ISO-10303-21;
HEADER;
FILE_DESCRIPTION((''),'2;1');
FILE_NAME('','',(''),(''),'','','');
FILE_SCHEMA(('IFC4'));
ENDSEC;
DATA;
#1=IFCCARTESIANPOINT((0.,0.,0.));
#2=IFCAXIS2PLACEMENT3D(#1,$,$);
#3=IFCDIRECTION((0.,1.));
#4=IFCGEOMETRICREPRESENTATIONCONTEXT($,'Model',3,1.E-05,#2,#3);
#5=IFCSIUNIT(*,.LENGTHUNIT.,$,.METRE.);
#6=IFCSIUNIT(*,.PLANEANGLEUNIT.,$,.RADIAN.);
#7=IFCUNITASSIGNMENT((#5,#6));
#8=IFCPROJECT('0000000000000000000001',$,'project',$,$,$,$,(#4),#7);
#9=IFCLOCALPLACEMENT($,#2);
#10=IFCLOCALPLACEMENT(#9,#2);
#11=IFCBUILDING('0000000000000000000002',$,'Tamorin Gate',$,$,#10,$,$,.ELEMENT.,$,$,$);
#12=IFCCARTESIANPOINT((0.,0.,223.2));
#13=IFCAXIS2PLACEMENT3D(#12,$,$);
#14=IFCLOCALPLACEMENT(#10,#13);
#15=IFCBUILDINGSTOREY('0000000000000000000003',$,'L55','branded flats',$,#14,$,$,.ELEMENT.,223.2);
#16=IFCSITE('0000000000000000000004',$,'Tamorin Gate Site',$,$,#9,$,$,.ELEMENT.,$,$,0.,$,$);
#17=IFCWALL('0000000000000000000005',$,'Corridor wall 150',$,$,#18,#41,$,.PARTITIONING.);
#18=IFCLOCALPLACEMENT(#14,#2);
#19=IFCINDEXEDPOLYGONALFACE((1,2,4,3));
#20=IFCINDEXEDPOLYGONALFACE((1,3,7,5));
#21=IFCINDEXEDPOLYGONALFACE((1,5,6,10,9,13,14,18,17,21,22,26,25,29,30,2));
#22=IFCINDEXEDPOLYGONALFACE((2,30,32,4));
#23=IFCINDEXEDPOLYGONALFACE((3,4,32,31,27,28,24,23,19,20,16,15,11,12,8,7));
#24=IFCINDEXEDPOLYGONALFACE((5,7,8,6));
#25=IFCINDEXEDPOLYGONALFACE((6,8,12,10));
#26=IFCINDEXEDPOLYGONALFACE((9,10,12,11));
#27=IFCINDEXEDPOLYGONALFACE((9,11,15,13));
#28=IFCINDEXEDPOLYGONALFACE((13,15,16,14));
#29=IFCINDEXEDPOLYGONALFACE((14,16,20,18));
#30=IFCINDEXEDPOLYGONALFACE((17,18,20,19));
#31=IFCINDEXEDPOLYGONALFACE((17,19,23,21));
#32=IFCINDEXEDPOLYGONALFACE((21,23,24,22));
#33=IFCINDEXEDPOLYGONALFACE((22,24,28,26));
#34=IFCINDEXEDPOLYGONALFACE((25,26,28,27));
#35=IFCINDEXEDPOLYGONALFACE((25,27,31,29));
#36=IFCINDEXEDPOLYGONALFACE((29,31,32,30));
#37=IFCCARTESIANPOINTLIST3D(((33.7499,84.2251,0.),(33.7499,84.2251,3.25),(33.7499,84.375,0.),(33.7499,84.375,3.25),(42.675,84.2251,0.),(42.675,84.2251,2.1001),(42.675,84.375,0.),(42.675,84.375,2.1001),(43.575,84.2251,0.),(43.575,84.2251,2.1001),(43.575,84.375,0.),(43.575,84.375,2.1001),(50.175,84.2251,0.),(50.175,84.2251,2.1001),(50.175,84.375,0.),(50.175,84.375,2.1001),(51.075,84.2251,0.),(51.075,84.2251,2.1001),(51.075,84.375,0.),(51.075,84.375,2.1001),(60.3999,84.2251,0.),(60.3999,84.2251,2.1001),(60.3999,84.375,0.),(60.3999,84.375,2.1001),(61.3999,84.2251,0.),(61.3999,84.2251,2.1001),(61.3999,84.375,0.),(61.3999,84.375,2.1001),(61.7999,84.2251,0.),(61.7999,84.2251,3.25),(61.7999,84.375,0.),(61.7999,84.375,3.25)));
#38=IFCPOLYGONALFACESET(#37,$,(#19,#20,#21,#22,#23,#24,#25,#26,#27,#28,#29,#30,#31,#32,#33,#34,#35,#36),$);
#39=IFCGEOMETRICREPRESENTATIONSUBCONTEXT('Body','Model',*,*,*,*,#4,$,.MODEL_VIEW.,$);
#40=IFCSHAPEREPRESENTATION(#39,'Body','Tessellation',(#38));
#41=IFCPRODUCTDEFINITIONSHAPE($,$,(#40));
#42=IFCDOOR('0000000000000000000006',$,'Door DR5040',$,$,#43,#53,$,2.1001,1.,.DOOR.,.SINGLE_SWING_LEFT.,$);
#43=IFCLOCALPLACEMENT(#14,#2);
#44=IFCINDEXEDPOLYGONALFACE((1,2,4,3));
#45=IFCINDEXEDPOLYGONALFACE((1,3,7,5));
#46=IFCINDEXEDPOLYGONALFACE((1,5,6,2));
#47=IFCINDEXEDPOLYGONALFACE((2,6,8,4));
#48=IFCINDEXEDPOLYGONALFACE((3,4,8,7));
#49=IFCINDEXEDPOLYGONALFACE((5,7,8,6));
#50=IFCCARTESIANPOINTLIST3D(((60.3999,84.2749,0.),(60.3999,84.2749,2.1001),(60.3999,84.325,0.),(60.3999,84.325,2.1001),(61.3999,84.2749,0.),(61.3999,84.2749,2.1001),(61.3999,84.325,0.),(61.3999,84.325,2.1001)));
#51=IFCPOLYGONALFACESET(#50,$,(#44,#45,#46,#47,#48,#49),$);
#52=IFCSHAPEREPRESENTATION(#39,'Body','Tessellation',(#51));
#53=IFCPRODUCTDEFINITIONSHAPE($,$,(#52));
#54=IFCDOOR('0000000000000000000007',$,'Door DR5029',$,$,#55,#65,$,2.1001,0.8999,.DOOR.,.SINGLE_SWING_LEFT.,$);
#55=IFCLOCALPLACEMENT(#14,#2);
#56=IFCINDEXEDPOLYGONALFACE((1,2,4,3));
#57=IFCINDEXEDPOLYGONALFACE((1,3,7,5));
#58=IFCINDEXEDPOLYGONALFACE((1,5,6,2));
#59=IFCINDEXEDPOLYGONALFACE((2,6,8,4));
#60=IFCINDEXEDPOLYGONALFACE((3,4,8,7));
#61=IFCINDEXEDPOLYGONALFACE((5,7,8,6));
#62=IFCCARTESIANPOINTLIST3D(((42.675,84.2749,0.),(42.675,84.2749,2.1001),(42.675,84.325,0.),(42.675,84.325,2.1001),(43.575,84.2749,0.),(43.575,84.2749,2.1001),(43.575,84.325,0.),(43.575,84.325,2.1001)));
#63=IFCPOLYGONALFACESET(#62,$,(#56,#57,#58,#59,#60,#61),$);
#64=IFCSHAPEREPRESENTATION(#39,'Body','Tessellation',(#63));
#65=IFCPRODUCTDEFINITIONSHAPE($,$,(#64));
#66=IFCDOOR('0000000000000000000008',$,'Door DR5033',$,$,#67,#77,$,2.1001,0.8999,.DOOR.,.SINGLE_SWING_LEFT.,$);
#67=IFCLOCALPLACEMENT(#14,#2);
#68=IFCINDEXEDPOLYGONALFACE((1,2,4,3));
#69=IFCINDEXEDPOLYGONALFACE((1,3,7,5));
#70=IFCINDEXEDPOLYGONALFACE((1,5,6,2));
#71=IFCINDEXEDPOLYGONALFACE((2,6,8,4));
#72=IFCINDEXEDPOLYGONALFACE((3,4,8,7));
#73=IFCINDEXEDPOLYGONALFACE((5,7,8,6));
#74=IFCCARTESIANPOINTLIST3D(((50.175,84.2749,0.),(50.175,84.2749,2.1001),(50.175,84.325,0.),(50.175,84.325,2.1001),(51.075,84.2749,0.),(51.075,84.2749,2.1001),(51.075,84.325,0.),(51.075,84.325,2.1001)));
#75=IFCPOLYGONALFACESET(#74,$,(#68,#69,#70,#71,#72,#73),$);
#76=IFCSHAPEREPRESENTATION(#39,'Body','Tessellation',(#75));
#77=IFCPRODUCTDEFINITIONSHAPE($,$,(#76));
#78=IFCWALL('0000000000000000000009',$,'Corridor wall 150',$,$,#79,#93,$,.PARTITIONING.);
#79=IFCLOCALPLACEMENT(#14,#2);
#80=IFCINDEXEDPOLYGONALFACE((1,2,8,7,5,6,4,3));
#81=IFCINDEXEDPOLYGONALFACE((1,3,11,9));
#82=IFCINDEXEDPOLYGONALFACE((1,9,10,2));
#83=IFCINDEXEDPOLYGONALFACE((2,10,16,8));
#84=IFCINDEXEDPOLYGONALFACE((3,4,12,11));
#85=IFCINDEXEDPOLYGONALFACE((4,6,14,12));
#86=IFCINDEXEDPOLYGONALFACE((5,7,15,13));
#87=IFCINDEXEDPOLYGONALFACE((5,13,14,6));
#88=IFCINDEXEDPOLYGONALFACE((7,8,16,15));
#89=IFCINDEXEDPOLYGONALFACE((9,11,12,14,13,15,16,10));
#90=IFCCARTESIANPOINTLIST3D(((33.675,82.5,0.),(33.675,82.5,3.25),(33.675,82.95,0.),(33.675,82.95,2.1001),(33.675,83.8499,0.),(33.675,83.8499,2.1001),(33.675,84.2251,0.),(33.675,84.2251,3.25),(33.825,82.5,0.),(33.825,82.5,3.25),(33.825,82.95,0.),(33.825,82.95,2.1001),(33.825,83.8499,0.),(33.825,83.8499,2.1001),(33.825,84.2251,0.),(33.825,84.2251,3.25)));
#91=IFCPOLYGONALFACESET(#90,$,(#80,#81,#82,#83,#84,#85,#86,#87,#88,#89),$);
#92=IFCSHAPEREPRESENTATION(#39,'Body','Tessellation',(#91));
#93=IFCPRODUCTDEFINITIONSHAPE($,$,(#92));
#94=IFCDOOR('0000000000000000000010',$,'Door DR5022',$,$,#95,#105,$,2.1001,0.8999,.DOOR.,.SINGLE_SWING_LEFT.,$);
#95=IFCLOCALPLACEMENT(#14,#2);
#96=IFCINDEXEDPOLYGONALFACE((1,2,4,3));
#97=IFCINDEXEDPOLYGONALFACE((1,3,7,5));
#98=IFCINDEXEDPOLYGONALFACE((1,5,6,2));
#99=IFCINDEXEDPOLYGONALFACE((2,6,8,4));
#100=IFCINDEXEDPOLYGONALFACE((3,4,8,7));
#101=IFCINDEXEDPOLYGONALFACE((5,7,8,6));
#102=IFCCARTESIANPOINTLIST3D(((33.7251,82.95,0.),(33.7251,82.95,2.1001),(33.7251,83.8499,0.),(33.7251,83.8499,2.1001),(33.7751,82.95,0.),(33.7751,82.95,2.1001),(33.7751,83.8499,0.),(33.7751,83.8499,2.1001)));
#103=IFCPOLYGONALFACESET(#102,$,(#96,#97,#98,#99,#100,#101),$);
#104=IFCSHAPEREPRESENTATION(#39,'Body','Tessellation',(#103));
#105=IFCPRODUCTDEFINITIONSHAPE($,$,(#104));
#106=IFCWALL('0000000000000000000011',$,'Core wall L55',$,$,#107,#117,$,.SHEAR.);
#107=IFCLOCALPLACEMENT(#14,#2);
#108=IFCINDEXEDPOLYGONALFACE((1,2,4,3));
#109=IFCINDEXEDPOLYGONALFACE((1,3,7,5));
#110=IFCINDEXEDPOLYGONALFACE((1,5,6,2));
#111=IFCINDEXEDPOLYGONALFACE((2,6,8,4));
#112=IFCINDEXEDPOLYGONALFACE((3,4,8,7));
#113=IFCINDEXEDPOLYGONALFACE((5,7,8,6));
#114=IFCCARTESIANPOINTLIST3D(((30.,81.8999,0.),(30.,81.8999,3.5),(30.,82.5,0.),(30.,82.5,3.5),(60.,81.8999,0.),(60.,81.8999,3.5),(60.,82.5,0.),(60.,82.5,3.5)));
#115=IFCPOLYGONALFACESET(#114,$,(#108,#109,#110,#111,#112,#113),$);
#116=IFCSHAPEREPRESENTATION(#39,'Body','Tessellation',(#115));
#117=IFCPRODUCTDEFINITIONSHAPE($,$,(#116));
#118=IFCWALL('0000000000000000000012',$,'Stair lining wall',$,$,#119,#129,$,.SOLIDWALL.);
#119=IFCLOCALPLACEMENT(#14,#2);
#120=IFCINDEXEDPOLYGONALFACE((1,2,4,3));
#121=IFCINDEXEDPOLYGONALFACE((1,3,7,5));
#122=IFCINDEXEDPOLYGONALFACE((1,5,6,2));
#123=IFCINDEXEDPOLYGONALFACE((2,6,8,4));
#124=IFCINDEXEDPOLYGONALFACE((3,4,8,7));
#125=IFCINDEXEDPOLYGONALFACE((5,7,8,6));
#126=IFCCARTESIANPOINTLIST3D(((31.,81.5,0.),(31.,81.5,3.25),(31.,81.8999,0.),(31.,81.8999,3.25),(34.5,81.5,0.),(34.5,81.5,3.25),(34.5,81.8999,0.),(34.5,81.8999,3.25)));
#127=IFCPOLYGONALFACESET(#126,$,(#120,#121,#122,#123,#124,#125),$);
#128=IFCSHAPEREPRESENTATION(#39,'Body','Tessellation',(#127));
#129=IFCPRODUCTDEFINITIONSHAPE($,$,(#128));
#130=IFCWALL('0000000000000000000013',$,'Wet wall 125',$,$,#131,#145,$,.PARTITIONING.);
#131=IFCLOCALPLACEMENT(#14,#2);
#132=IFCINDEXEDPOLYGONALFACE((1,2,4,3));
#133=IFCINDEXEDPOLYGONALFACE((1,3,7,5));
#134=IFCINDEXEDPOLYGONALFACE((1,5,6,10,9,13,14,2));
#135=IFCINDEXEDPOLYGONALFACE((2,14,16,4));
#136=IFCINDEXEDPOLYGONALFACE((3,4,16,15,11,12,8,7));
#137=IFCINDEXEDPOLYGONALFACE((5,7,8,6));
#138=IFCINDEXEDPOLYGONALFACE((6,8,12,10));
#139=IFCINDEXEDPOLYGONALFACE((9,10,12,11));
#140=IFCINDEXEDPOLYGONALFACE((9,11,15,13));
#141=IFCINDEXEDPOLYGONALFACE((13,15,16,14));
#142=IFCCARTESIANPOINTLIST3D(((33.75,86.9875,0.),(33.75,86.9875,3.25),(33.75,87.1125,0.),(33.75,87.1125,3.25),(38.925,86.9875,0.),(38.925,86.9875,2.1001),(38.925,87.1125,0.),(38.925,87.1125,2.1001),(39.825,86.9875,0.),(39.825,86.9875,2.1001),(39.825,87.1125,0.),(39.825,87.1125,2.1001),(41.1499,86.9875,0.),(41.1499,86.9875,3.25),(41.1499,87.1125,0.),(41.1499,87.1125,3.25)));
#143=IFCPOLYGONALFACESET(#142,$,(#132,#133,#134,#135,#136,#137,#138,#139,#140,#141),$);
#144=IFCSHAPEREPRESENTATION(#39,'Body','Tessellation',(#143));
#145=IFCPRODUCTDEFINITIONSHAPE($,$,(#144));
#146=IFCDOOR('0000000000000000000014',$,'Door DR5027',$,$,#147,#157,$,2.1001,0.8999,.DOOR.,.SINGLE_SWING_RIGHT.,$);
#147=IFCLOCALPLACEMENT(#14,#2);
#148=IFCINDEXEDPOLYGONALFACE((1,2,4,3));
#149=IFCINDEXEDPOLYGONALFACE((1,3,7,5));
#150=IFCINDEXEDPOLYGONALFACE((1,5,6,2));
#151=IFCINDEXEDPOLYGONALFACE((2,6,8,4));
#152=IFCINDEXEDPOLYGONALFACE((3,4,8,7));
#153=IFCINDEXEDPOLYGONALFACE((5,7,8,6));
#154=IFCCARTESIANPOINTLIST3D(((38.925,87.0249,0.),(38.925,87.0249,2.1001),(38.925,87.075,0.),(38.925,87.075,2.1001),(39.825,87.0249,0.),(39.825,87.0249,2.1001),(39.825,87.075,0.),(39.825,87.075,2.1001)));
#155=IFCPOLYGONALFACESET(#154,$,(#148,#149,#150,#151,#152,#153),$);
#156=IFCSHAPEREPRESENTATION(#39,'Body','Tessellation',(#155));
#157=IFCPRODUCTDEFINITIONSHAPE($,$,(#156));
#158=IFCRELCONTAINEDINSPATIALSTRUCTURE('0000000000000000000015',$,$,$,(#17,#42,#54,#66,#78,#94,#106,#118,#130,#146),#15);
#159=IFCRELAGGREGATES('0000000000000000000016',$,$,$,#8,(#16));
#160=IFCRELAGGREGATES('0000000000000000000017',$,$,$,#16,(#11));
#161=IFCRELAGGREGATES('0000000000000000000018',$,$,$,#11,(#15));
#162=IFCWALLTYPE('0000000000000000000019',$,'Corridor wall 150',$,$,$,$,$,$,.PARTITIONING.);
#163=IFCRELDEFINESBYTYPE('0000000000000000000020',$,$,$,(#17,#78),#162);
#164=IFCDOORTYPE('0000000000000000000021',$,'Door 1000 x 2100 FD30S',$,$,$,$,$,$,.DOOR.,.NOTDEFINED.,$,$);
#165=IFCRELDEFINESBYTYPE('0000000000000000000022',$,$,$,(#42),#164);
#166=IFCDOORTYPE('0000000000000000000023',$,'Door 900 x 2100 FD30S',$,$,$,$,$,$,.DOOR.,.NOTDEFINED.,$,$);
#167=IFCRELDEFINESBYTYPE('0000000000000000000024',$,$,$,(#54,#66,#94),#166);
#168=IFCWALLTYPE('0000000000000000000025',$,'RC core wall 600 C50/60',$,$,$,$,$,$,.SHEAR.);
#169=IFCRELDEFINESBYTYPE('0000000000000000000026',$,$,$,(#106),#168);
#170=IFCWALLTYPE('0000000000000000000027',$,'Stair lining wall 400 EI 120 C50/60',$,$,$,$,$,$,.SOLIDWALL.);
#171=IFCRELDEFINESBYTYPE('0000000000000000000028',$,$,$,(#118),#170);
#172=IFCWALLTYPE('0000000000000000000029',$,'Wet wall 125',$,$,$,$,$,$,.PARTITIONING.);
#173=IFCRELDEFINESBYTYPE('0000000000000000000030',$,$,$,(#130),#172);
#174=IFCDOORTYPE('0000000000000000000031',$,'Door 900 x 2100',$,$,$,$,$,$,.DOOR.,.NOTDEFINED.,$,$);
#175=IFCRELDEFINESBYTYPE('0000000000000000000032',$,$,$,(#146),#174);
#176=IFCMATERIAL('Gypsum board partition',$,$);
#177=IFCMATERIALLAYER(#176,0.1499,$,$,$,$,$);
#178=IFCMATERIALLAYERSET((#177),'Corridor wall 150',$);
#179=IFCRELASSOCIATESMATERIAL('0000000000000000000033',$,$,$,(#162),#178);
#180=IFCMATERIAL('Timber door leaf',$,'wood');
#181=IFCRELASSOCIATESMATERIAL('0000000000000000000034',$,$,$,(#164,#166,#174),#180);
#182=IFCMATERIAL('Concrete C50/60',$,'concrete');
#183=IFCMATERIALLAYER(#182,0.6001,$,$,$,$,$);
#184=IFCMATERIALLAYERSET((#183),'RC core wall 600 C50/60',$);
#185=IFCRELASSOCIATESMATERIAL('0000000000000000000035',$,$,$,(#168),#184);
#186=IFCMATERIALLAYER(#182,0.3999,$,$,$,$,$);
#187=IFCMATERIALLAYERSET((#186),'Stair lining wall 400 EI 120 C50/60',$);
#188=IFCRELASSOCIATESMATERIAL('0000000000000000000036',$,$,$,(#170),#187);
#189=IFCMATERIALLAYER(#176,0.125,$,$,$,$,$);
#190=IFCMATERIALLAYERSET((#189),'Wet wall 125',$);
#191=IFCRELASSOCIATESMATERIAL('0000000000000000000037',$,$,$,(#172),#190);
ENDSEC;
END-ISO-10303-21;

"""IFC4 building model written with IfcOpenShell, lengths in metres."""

from ifc_helpers import new_model, si_unit, direction, frame, frame_2d, origin, place, context, subcontext, project, spatial, rectangle, extrude, material, layer, layer_set, type_object, element, fill, save


model = new_model("IFC4")

# Units and contexts
model_context = context("Model", 3, precision=1e-05, world=origin(), true_north=direction((0.0, 1.0)))
body_context = subcontext(model_context, "Body", "Model", "MODEL_VIEW")
ifc_project = project(units=[si_unit("LENGTHUNIT", "METRE"), si_unit("PLANEANGLEUNIT", "RADIAN")], contexts=[model_context])

# Site, building, storey
site_placement = place(None, origin())
site = spatial("IfcSite", under=ifc_project, at=site_placement, Name="Tamorin Gate Site", CompositionType="ELEMENT", RefElevation=0.0)
building_placement = place(site_placement, origin())
building = spatial("IfcBuilding", under=site, at=building_placement, Name="Tamorin Gate", CompositionType="ELEMENT")
storey_placement = place(building_placement, frame((0.0, 0.0, 223.2)))
storey = spatial("IfcBuildingStorey", under=building, at=storey_placement, Name="L55", Description="branded flats", CompositionType="ELEMENT", Elevation=223.2)

# Wall, openings, doors
ifc_material_1 = material(Name="Gypsum board partition")
ifc_layer_1 = layer(ifc_material_1, 0.1499)
ifc_layer_set_1 = layer_set([ifc_layer_1], Name="Corridor wall 150")
wall_type_1 = type_object("IfcWallType", Name="Corridor wall 150", PredefinedType="PARTITIONING", material=ifc_layer_set_1)
wall_1_placement = place(storey_placement, frame((33.75, 84.3, 0.0), z_axis=(0.0, 0.0, 1.0), x_axis=(1.0, 0.0, 0.0)))
wall_1 = element("IfcWall", 1, at=wall_1_placement, inside=storey, type_object=wall_type_1, Name="Corridor wall 150", PredefinedType="PARTITIONING", context=body_context, shape_type="SweptSolid", body=[
    extrude(rectangle(XDim=28.05, YDim=0.1499, at=frame_2d((14.0249, 0.0))), origin(), (0.0, 0.0, 1.0), 3.25),
])
opening_1_placement = place(wall_1_placement, frame((8.925, 0.0, 0.0)))
opening_1 = element("IfcOpeningElement", 2, at=opening_1_placement, cuts=wall_1, PredefinedType="OPENING", context=body_context, shape_type="SweptSolid", body=[
    extrude(rectangle(XDim=0.8999, YDim=2.1001, at=frame_2d((0.45, 1.05))), frame((0.0, 0.085, 0.0), z_axis=(0.0, -1.0, 0.0), x_axis=(1.0, 0.0, 0.0)), (0.0, 0.0, 1.0), 0.1699),
])
opening_2_placement = place(wall_1_placement, frame((16.425, 0.0, 0.0)))
opening_2 = element("IfcOpeningElement", 3, at=opening_2_placement, cuts=wall_1, PredefinedType="OPENING", context=body_context, shape_type="SweptSolid", body=[
    extrude(rectangle(XDim=0.8999, YDim=2.1001, at=frame_2d((0.45, 1.05))), frame((0.0, 0.085, 0.0), z_axis=(0.0, -1.0, 0.0), x_axis=(1.0, 0.0, 0.0)), (0.0, 0.0, 1.0), 0.1699),
])
opening_3_placement = place(wall_1_placement, frame((26.6499, 0.0, 0.0)))
opening_3 = element("IfcOpeningElement", 4, at=opening_3_placement, cuts=wall_1, PredefinedType="OPENING", context=body_context, shape_type="SweptSolid", body=[
    extrude(rectangle(XDim=1.0, YDim=2.1001, at=frame_2d((0.5, 1.05))), frame((0.0, 0.085, 0.0), z_axis=(0.0, -1.0, 0.0), x_axis=(1.0, 0.0, 0.0)), (0.0, 0.0, 1.0), 0.1699),
])
ifc_material_2 = material(Name="Timber door leaf", Category="wood")
door_type_1 = type_object("IfcDoorType", Name="Door 1000 x 2100 FD30S", OperationType="NOTDEFINED", PredefinedType="DOOR", material=ifc_material_2)
door_1_placement = place(opening_3_placement, origin())
door_1 = element("IfcDoor", 5, at=door_1_placement, inside=storey, type_object=door_type_1, Name="Door DR5040", OperationType="SINGLE_SWING_LEFT", OverallHeight=2.1001, OverallWidth=1.0, PredefinedType="DOOR", context=body_context, shape_type="SweptSolid", body=[
    extrude(rectangle(XDim=1.0, YDim=2.1001, at=frame_2d((0.5, 1.05))), frame((0.0, 0.0249, 0.0), z_axis=(0.0, -1.0, 0.0), x_axis=(1.0, 0.0, 0.0)), (0.0, 0.0, 1.0), 0.05),
])
fill(opening_3, door_1)
door_type_2 = type_object("IfcDoorType", Name="Door 900 x 2100 FD30S", OperationType="NOTDEFINED", PredefinedType="DOOR", material=ifc_material_2)
door_2_placement = place(opening_1_placement, origin())
door_2 = element("IfcDoor", 6, at=door_2_placement, inside=storey, type_object=door_type_2, Name="Door DR5029", OperationType="SINGLE_SWING_LEFT", OverallHeight=2.1001, OverallWidth=0.8999, PredefinedType="DOOR", context=body_context, shape_type="SweptSolid", body=[
    extrude(rectangle(XDim=0.8999, YDim=2.1001, at=frame_2d((0.45, 1.05))), frame((0.0, 0.0249, 0.0), z_axis=(0.0, -1.0, 0.0), x_axis=(1.0, 0.0, 0.0)), (0.0, 0.0, 1.0), 0.05),
])
fill(opening_1, door_2)
door_3_placement = place(opening_2_placement, origin())
door_3 = element("IfcDoor", 7, at=door_3_placement, inside=storey, type_object=door_type_2, Name="Door DR5033", OperationType="SINGLE_SWING_LEFT", OverallHeight=2.1001, OverallWidth=0.8999, PredefinedType="DOOR", context=body_context, shape_type="SweptSolid", body=[
    extrude(rectangle(XDim=0.8999, YDim=2.1001, at=frame_2d((0.45, 1.05))), frame((0.0, 0.0249, 0.0), z_axis=(0.0, -1.0, 0.0), x_axis=(1.0, 0.0, 0.0)), (0.0, 0.0, 1.0), 0.05),
])
fill(opening_2, door_3)

# Wall, opening, door
wall_2_placement = place(storey_placement, frame((33.75, 82.5, 0.0), z_axis=(0.0, 0.0, 1.0), x_axis=(0.0, 1.0, 0.0)))
wall_2 = element("IfcWall", 8, at=wall_2_placement, inside=storey, type_object=wall_type_1, Name="Corridor wall 150", PredefinedType="PARTITIONING", context=body_context, shape_type="SweptSolid", body=[
    extrude(rectangle(XDim=1.7251, YDim=0.1499, at=frame_2d((0.8625, 0.0))), origin(), (0.0, 0.0, 1.0), 3.25),
])
opening_4_placement = place(wall_2_placement, frame((0.45, 0.0, 0.0)))
opening_4 = element("IfcOpeningElement", 9, at=opening_4_placement, cuts=wall_2, PredefinedType="OPENING", context=body_context, shape_type="SweptSolid", body=[
    extrude(rectangle(XDim=0.8999, YDim=2.1001, at=frame_2d((0.45, 1.05))), frame((0.0, 0.085, 0.0), z_axis=(0.0, -1.0, 0.0), x_axis=(1.0, 0.0, 0.0)), (0.0, 0.0, 1.0), 0.1699),
])
door_4_placement = place(opening_4_placement, origin())
door_4 = element("IfcDoor", 10, at=door_4_placement, inside=storey, type_object=door_type_2, Name="Door DR5022", OperationType="SINGLE_SWING_LEFT", OverallHeight=2.1001, OverallWidth=0.8999, PredefinedType="DOOR", context=body_context, shape_type="SweptSolid", body=[
    extrude(rectangle(XDim=0.8999, YDim=2.1001, at=frame_2d((0.45, 1.05))), frame((0.0, 0.0249, 0.0), z_axis=(0.0, -1.0, 0.0), x_axis=(1.0, 0.0, 0.0)), (0.0, 0.0, 1.0), 0.05),
])
fill(opening_4, door_4)

# Walls
ifc_material_3 = material(Name="Concrete C50/60", Category="concrete")
ifc_layer_2 = layer(ifc_material_3, 0.6001)
ifc_layer_set_2 = layer_set([ifc_layer_2], Name="RC core wall 600 C50/60")
wall_type_2 = type_object("IfcWallType", Name="RC core wall 600 C50/60", PredefinedType="SHEAR", material=ifc_layer_set_2)
wall_3_placement = place(storey_placement, frame((30.0, 82.2, 0.0), z_axis=(0.0, 0.0, 1.0), x_axis=(1.0, 0.0, 0.0)))
element("IfcWall", 11, at=wall_3_placement, inside=storey, type_object=wall_type_2, Name="Core wall L55", PredefinedType="SHEAR", context=body_context, shape_type="SweptSolid", body=[
    extrude(rectangle(XDim=30.0, YDim=0.6001, at=frame_2d((15.0, 0.0))), origin(), (0.0, 0.0, 1.0), 3.5),
])
ifc_layer_3 = layer(ifc_material_3, 0.3999)
ifc_layer_set_3 = layer_set([ifc_layer_3], Name="Stair lining wall 400 EI 120 C50/60")
wall_type_3 = type_object("IfcWallType", Name="Stair lining wall 400 EI 120 C50/60", PredefinedType="SOLIDWALL", material=ifc_layer_set_3)
wall_4_placement = place(storey_placement, frame((31.0, 81.7, 0.0), z_axis=(0.0, 0.0, 1.0), x_axis=(1.0, 0.0, 0.0)))
element("IfcWall", 12, at=wall_4_placement, inside=storey, type_object=wall_type_3, Name="Stair lining wall", PredefinedType="SOLIDWALL", context=body_context, shape_type="SweptSolid", body=[
    extrude(rectangle(XDim=3.5, YDim=0.3999, at=frame_2d((1.75, 0.0))), origin(), (0.0, 0.0, 1.0), 3.25),
])

# Wall, opening, door
ifc_layer_4 = layer(ifc_material_1, 0.125)
ifc_layer_set_4 = layer_set([ifc_layer_4], Name="Wet wall 125")
wall_type_4 = type_object("IfcWallType", Name="Wet wall 125", PredefinedType="PARTITIONING", material=ifc_layer_set_4)
wall_5_placement = place(storey_placement, frame((33.75, 87.05, 0.0), z_axis=(0.0, 0.0, 1.0), x_axis=(1.0, 0.0, 0.0)))
wall_5 = element("IfcWall", 13, at=wall_5_placement, inside=storey, type_object=wall_type_4, Name="Wet wall 125", PredefinedType="PARTITIONING", context=body_context, shape_type="SweptSolid", body=[
    extrude(rectangle(XDim=7.3999, YDim=0.125, at=frame_2d((3.7, 0.0))), origin(), (0.0, 0.0, 1.0), 3.25),
])
opening_5_placement = place(wall_5_placement, frame((5.175, 0.0, 0.0)))
opening_5 = element("IfcOpeningElement", 14, at=opening_5_placement, cuts=wall_5, PredefinedType="OPENING", context=body_context, shape_type="SweptSolid", body=[
    extrude(rectangle(XDim=0.8999, YDim=2.1001, at=frame_2d((0.45, 1.05))), frame((0.0, 0.0725, 0.0), z_axis=(0.0, -1.0, 0.0), x_axis=(1.0, 0.0, 0.0)), (0.0, 0.0, 1.0), 0.145),
])
door_type_3 = type_object("IfcDoorType", Name="Door 900 x 2100", OperationType="NOTDEFINED", PredefinedType="DOOR", material=ifc_material_2)
door_5_placement = place(opening_5_placement, origin())
door_5 = element("IfcDoor", 15, at=door_5_placement, inside=storey, type_object=door_type_3, Name="Door DR5027", OperationType="SINGLE_SWING_RIGHT", OverallHeight=2.1001, OverallWidth=0.8999, PredefinedType="DOOR", context=body_context, shape_type="SweptSolid", body=[
    extrude(rectangle(XDim=0.8999, YDim=2.1001, at=frame_2d((0.45, 1.05))), frame((0.0, 0.0249, 0.0), z_axis=(0.0, -1.0, 0.0), x_axis=(1.0, 0.0, 0.0)), (0.0, 0.0, 1.0), 0.05),
])
fill(opening_5, door_5)

save(model, "model.ifc")
